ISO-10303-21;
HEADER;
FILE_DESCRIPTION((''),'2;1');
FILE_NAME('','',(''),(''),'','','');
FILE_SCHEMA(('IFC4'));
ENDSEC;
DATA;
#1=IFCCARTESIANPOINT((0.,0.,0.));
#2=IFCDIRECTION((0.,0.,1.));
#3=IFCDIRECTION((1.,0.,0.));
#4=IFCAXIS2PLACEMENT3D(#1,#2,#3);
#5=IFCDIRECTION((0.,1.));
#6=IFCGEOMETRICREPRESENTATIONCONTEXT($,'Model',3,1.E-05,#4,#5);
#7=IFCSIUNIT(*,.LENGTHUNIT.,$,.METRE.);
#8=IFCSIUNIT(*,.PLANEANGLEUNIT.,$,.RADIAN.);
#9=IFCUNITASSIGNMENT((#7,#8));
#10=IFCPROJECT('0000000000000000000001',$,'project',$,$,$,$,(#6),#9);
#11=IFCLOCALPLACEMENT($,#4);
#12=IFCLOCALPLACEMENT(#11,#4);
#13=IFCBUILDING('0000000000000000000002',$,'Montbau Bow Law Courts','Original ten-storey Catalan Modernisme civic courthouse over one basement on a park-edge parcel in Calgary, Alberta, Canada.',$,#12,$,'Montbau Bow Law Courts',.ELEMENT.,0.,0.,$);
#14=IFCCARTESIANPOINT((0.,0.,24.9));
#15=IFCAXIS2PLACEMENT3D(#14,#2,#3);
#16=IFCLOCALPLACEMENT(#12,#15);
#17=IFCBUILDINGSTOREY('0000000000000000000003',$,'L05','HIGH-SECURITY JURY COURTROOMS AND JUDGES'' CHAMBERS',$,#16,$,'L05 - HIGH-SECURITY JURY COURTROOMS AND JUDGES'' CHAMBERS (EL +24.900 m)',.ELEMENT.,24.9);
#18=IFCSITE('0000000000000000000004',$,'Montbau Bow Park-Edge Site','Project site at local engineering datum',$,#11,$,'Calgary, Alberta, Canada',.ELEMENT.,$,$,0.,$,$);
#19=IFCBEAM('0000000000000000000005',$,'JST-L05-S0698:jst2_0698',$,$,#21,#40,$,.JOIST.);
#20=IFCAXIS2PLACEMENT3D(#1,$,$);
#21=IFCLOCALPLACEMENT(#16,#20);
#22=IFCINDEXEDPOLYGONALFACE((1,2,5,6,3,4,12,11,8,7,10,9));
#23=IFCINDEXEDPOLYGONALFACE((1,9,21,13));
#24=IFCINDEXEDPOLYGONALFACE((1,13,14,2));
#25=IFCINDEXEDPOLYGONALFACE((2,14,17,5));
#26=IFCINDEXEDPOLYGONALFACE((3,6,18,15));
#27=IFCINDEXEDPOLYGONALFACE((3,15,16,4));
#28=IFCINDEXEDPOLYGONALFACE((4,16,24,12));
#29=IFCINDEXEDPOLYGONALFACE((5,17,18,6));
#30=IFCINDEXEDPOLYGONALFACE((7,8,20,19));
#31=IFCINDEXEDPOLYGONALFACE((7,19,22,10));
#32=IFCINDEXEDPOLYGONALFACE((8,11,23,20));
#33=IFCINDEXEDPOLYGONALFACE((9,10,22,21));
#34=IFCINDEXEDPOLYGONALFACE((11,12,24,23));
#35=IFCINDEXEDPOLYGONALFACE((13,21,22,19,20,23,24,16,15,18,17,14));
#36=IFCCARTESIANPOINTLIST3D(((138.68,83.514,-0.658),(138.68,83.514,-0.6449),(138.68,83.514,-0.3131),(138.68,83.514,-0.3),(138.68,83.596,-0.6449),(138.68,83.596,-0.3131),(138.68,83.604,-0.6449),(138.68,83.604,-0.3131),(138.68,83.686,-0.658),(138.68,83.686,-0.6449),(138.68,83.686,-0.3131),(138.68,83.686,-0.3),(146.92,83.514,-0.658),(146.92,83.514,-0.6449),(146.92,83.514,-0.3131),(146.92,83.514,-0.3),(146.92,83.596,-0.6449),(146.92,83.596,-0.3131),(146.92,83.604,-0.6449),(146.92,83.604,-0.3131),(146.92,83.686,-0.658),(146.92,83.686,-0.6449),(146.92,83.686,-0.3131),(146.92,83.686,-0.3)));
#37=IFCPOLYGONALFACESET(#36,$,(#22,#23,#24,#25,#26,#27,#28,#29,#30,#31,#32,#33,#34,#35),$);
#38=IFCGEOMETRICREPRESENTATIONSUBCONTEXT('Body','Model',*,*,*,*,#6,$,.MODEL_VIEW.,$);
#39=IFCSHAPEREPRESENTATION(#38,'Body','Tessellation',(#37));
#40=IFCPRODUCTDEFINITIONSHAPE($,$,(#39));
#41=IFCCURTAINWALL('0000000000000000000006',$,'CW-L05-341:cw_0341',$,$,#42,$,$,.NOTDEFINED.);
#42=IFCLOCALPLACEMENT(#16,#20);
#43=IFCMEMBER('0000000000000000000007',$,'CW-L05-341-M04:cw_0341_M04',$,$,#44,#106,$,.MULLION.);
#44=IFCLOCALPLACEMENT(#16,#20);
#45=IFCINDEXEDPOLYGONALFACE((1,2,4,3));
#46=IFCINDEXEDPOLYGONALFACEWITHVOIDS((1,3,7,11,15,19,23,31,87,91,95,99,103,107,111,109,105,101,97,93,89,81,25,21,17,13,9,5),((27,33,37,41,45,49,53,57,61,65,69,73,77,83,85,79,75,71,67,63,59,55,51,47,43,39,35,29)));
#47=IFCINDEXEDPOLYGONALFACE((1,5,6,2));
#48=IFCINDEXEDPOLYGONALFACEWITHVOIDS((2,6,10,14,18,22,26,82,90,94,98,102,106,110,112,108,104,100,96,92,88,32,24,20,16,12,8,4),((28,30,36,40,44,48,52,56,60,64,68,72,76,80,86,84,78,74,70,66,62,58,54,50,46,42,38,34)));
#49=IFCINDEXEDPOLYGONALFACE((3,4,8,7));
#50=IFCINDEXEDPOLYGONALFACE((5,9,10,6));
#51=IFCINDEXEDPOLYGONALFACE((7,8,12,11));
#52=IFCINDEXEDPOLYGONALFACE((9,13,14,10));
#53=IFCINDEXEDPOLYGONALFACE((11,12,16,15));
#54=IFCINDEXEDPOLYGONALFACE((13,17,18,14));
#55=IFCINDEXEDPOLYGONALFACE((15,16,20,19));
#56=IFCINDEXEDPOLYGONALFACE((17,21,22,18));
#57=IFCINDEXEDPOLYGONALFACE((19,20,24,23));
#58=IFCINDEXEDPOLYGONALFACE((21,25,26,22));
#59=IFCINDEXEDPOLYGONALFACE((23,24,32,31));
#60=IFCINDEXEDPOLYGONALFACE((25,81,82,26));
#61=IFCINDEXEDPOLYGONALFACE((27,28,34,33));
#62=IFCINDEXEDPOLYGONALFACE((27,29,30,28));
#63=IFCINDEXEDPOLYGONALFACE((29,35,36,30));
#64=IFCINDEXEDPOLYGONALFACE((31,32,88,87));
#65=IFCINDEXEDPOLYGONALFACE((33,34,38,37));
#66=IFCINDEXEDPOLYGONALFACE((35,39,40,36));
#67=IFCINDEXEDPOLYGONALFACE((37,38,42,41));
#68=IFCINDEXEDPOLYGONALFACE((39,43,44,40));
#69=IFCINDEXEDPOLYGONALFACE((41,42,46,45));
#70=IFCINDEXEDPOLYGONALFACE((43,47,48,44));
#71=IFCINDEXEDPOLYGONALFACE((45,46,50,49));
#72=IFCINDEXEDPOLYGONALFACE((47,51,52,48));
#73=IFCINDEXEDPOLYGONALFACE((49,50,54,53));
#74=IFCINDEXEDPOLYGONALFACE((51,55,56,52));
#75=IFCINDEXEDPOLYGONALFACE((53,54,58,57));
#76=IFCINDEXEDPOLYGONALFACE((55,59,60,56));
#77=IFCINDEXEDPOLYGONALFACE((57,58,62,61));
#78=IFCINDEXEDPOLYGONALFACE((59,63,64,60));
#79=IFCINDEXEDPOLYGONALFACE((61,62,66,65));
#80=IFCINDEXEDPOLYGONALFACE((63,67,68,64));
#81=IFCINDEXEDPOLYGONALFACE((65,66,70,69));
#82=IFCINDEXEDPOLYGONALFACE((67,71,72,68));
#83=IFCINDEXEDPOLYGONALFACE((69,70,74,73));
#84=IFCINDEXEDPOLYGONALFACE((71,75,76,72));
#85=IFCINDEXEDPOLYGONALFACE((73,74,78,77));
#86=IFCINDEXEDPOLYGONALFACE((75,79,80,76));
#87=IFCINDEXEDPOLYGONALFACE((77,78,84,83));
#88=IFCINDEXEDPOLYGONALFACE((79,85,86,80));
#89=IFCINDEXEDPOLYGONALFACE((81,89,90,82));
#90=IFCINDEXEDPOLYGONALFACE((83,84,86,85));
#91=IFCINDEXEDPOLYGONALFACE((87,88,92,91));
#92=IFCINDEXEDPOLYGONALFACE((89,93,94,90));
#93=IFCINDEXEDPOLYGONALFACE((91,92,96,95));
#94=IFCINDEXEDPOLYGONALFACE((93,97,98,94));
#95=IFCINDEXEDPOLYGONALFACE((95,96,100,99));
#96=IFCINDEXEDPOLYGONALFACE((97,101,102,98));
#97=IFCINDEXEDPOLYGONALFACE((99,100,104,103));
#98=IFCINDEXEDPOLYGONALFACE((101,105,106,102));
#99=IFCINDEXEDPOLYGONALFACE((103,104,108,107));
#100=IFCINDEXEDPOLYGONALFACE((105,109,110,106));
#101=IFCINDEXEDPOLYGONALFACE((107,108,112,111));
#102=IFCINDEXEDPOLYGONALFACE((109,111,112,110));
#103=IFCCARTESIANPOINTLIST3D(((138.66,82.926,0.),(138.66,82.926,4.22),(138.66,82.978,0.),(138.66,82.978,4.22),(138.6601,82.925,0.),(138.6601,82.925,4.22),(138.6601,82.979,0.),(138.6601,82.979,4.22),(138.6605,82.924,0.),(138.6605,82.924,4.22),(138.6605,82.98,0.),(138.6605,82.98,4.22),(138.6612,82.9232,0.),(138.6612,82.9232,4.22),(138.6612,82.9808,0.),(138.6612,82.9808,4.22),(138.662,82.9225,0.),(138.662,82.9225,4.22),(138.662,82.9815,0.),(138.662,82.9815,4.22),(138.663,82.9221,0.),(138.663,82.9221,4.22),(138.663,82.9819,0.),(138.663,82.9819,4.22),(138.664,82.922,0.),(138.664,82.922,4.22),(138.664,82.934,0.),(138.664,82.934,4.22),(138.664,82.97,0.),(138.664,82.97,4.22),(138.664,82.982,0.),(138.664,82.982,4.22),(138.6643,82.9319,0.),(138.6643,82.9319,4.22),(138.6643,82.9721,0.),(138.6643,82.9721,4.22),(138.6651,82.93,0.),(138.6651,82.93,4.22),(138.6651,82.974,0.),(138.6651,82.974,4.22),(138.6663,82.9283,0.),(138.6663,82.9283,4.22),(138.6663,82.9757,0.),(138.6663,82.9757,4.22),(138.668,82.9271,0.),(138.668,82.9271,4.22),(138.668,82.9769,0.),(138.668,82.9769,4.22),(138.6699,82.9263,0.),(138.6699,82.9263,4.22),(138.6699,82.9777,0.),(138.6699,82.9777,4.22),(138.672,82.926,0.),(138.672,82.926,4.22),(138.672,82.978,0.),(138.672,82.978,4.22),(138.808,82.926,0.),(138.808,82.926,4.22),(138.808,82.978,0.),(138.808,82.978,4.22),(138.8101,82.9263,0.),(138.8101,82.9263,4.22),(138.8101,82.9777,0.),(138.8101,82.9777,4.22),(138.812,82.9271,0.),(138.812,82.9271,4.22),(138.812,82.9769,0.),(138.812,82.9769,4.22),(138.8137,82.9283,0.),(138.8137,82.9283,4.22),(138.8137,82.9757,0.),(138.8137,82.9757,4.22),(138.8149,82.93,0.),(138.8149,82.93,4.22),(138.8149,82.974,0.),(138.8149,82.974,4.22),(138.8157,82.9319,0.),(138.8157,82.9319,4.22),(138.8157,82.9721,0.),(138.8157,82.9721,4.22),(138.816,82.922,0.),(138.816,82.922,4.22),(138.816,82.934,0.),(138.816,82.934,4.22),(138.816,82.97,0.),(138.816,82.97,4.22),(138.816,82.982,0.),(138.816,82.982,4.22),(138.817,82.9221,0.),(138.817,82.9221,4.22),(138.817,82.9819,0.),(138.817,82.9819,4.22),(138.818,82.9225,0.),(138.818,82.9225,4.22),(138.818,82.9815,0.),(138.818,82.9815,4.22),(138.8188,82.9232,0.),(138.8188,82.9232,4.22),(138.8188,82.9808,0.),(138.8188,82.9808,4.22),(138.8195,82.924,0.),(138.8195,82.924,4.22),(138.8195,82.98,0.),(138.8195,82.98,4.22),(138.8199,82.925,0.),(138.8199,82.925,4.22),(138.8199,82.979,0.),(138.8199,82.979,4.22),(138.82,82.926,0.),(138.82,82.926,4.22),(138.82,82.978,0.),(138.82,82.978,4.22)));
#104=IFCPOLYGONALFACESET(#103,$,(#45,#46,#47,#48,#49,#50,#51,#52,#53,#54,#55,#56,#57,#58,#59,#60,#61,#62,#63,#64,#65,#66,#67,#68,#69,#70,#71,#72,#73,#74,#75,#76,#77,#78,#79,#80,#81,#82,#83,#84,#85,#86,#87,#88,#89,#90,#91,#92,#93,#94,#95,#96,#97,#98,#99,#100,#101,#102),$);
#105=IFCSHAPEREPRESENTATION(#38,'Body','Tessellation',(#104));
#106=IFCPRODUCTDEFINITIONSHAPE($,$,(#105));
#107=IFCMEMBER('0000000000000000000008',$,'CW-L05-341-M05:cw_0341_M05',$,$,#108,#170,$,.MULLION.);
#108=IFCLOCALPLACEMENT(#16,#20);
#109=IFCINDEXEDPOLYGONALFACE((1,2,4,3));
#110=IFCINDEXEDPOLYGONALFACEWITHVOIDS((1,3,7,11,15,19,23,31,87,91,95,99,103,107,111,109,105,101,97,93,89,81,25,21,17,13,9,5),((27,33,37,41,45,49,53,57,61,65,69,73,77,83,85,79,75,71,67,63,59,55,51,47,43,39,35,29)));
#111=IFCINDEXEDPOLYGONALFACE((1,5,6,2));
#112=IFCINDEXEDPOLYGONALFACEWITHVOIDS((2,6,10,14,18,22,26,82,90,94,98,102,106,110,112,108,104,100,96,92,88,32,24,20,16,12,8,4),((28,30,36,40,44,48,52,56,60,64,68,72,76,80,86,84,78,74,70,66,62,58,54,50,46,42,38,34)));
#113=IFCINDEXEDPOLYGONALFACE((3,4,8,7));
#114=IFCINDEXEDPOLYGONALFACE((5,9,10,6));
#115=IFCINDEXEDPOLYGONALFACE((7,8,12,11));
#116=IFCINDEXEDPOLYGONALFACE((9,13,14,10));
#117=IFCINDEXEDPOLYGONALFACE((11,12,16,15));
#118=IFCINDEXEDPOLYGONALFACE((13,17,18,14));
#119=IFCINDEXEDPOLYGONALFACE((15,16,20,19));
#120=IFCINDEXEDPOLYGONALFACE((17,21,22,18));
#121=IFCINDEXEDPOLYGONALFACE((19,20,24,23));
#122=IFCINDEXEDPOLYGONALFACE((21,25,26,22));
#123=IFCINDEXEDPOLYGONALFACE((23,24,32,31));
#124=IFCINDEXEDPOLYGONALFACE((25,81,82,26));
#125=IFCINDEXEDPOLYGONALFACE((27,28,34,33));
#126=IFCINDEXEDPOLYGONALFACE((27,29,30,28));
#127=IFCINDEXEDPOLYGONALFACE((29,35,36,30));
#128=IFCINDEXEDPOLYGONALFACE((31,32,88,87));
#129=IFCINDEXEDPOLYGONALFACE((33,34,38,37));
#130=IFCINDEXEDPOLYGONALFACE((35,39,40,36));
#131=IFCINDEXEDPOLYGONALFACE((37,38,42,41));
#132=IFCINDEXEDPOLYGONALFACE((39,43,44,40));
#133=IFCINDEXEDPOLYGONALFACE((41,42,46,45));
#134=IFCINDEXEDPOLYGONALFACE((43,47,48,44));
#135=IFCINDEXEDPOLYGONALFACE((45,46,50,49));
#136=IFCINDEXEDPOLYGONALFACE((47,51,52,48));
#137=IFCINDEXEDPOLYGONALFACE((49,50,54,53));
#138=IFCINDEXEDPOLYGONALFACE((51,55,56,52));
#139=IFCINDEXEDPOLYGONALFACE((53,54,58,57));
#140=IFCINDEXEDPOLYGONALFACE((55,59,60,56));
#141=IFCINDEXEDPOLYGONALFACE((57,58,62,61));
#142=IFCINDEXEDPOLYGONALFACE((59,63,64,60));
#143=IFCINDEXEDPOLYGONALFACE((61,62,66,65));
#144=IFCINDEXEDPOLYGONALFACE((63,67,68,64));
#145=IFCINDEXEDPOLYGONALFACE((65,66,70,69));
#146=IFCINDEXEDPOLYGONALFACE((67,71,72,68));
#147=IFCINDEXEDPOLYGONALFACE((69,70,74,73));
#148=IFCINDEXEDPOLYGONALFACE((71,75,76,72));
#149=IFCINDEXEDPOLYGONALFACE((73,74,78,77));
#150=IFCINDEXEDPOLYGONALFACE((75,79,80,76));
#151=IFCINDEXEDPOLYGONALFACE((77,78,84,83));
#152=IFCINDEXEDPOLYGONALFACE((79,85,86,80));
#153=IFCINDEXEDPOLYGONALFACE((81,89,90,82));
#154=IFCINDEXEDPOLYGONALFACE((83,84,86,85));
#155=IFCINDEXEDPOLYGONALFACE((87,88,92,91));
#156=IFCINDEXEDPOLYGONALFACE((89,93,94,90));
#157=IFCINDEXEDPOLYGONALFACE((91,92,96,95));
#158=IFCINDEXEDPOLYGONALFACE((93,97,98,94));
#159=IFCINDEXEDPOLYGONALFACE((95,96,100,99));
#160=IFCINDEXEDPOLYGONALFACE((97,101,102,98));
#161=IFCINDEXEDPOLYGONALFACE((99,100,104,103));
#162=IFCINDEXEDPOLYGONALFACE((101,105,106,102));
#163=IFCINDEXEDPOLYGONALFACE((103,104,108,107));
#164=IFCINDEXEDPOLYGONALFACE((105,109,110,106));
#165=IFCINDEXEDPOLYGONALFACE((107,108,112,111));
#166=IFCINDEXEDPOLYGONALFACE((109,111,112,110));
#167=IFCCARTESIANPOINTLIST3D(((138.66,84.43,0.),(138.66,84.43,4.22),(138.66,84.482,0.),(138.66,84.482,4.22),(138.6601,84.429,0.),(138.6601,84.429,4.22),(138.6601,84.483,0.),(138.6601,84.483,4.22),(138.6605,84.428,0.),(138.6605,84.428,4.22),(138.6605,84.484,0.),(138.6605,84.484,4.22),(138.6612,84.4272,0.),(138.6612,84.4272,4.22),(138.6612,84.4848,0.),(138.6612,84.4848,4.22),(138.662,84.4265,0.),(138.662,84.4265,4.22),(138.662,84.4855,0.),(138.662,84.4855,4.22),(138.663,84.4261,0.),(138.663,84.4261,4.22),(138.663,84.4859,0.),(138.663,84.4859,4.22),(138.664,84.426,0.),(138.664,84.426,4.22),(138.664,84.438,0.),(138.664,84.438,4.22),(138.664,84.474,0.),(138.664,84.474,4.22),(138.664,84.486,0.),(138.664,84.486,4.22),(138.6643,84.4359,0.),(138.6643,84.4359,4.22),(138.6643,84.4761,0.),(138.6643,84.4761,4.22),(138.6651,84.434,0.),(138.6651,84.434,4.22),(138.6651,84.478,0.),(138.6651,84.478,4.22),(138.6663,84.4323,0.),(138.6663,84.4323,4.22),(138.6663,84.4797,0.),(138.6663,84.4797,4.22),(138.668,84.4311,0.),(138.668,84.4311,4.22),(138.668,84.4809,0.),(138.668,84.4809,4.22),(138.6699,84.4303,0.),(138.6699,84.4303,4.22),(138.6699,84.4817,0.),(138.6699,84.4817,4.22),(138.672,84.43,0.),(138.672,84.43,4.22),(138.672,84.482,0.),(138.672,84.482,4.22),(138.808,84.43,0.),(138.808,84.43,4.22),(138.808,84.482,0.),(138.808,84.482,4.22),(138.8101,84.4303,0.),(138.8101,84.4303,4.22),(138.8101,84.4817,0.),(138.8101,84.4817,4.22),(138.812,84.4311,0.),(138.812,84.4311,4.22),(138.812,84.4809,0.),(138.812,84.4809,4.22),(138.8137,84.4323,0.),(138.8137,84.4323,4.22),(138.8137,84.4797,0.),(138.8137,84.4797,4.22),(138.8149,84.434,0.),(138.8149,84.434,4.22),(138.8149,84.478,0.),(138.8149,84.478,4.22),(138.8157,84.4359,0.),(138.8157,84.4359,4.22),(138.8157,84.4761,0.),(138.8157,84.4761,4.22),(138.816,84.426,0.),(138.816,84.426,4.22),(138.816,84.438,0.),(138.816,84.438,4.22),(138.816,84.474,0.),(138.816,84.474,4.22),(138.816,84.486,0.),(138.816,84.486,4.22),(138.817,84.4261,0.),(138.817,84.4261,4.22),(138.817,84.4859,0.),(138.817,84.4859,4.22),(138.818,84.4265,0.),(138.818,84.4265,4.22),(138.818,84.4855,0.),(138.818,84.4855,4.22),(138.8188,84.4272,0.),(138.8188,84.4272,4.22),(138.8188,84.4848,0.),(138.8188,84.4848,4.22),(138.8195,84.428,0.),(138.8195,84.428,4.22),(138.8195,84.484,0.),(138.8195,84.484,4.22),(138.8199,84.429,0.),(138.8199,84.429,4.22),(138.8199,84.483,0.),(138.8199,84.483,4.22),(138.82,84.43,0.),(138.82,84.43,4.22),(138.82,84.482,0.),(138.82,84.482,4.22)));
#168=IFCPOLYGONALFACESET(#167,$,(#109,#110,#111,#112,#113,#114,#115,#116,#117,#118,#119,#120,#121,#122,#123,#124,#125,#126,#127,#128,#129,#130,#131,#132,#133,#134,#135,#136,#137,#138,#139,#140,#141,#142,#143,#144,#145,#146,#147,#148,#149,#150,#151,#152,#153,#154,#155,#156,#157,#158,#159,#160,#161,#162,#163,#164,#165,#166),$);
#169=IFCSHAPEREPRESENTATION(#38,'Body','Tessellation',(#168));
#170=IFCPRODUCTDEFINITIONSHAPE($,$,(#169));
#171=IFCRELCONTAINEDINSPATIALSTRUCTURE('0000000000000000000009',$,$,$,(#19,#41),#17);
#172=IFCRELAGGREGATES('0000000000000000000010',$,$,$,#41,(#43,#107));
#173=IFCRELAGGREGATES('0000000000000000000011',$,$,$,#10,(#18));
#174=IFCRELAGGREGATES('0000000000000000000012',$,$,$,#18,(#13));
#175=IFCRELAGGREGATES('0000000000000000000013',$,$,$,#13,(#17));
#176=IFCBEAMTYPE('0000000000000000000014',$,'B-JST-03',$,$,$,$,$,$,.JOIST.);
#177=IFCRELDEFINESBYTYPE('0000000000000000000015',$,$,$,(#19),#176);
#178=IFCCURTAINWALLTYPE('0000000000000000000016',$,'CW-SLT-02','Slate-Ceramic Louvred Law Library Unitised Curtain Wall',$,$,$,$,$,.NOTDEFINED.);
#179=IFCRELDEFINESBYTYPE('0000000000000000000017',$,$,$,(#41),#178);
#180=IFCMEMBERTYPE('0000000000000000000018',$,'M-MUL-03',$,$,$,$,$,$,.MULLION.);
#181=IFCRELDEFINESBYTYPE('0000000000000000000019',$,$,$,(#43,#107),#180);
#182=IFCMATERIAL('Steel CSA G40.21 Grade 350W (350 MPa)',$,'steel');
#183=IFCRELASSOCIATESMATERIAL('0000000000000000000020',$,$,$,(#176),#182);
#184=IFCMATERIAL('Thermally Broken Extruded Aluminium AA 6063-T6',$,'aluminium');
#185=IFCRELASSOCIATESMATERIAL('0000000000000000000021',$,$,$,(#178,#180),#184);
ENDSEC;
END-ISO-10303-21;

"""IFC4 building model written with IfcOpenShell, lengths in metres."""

from ifc_helpers import new_model, si_unit, direction, frame, origin_with_axes, origin_2d_with_axis, place, context, subcontext, project, spatial, hollow_rectangle, i_section, extrude, material, material_profile, profile_set, type_object, element, aggregate, save


model = new_model("IFC4")

# Units and contexts
model_context = context("Model", 3, precision=1e-05, world=origin_with_axes(), true_north=direction((0.0, 1.0)))
body_context = subcontext(model_context, "Body", "Model", "MODEL_VIEW")
ifc_project = project(units=[si_unit("LENGTHUNIT", "METRE"), si_unit("PLANEANGLEUNIT", "RADIAN")], contexts=[model_context])

# Site, building, storey
site_placement = place(None, origin_with_axes())
site = spatial("IfcSite", under=ifc_project, at=site_placement, Name="Montbau Bow Park-Edge Site", Description="Project site at local engineering datum", LongName="Calgary, Alberta, Canada", CompositionType="ELEMENT", RefElevation=0.0)
building_placement = place(site_placement, origin_with_axes())
building = spatial("IfcBuilding", under=site, at=building_placement, Name="Montbau Bow Law Courts", Description="Original ten-storey Catalan Modernisme civic courthouse over one basement on a park-edge parcel in Calgary, Alberta, Canada.", LongName="Montbau Bow Law Courts", CompositionType="ELEMENT", ElevationOfRefHeight=0.0, ElevationOfTerrain=0.0)
storey_placement = place(building_placement, frame((0.0, 0.0, 24.9), z_axis=(0.0, 0.0, 1.0), x_axis=(1.0, 0.0, 0.0)))
storey = spatial("IfcBuildingStorey", under=building, at=storey_placement, Name="L05", Description="HIGH-SECURITY JURY COURTROOMS AND JUDGES' CHAMBERS", LongName="L05 - HIGH-SECURITY JURY COURTROOMS AND JUDGES' CHAMBERS (EL +24.900 m)", CompositionType="ELEMENT", Elevation=24.9)

# Beam
ifc_material_1 = material(Name="Steel CSA G40.21 Grade 350W (350 MPa)", Category="steel")
ifc_material_profile_1 = material_profile(ifc_material_1, i_section(OverallWidth=0.172, OverallDepth=0.358, WebThickness=0.0079, FlangeThickness=0.0131, at=origin_2d_with_axis()), Name="W360X57", Category="Main", Priority=0)
ifc_profile_set_1 = profile_set([ifc_material_profile_1], Name="Steel CSA G40.21 Grade 350W (350 MPa)")
beam_type = type_object("IfcBeamType", Name="B-JST-03", PredefinedType="JOIST", material=ifc_profile_set_1)
beam_placement = place(None, frame((138.68, 83.6, 24.421), z_axis=(1.0, 0.0, 0.0), x_axis=(0.0, 1.0, 0.0)))
element("IfcBeam", 1, at=beam_placement, inside=storey, type_object=beam_type, Name="JST-L05-S0698:jst2_0698", PredefinedType="JOIST", context=body_context, shape_type="SweptSolid", body=[
    extrude(i_section(OverallWidth=0.172, OverallDepth=0.358, WebThickness=0.0079, FlangeThickness=0.0131, at=origin_2d_with_axis()), origin_with_axes(), (0.0, 0.0, 1.0), 8.24),
])

# Curtain wall, members
ifc_material_2 = material(Name="Thermally Broken Extruded Aluminium AA 6063-T6", Category="aluminium")
curtain_wall_type = type_object("IfcCurtainWallType", Name="CW-SLT-02", Description="Slate-Ceramic Louvred Law Library Unitised Curtain Wall", PredefinedType="NOTDEFINED", material=ifc_material_2)
curtain_wall_placement = place(None, frame((138.74, 78.44, 24.9), z_axis=(0.0, 0.0, 1.0), x_axis=(1.0, 0.0, 0.0)))
curtain_wall = element("IfcCurtainWall", 2, at=curtain_wall_placement, inside=storey, type_object=curtain_wall_type, Name="CW-L05-341:cw_0341", PredefinedType="NOTDEFINED")
ifc_material_profile_2 = material_profile(ifc_material_2, hollow_rectangle(XDim=0.06, YDim=0.16, WallThickness=0.004, InnerFilletRadius=0.008, OuterFilletRadius=0.004, at=origin_2d_with_axis()), Name="CWM-160X60", Category="Main", Priority=0)
ifc_profile_set_2 = profile_set([ifc_material_profile_2], Name="Thermally Broken Extruded Aluminium AA 6063-T6")
member_type_1 = type_object("IfcMemberType", Name="M-MUL-03", PredefinedType="MULLION", material=ifc_profile_set_2)
member_1_placement = place(None, frame((138.74, 82.952, 24.9), z_axis=(0.0, 0.0, 1.0), x_axis=(0.0, 1.0, 0.0)))
member_1 = element("IfcMember", 3, at=member_1_placement, type_object=member_type_1, Name="CW-L05-341-M04:cw_0341_M04", PredefinedType="MULLION", context=body_context, shape_type="SweptSolid", body=[
    extrude(hollow_rectangle(XDim=0.06, YDim=0.16, WallThickness=0.004, InnerFilletRadius=0.008, OuterFilletRadius=0.004, at=origin_2d_with_axis()), origin_with_axes(), (0.0, 0.0, 1.0), 4.22),
])
member_2_placement = place(None, frame((138.74, 84.456, 24.9), z_axis=(0.0, 0.0, 1.0), x_axis=(0.0, 1.0, 0.0)))
member_2 = element("IfcMember", 4, at=member_2_placement, type_object=member_type_1, Name="CW-L05-341-M05:cw_0341_M05", PredefinedType="MULLION", context=body_context, shape_type="SweptSolid", body=[
    extrude(hollow_rectangle(XDim=0.06, YDim=0.16, WallThickness=0.004, InnerFilletRadius=0.008, OuterFilletRadius=0.004, at=origin_2d_with_axis()), origin_with_axes(), (0.0, 0.0, 1.0), 4.22),
])
aggregate(curtain_wall, [member_1, member_2])

save(model, "model.ifc")
